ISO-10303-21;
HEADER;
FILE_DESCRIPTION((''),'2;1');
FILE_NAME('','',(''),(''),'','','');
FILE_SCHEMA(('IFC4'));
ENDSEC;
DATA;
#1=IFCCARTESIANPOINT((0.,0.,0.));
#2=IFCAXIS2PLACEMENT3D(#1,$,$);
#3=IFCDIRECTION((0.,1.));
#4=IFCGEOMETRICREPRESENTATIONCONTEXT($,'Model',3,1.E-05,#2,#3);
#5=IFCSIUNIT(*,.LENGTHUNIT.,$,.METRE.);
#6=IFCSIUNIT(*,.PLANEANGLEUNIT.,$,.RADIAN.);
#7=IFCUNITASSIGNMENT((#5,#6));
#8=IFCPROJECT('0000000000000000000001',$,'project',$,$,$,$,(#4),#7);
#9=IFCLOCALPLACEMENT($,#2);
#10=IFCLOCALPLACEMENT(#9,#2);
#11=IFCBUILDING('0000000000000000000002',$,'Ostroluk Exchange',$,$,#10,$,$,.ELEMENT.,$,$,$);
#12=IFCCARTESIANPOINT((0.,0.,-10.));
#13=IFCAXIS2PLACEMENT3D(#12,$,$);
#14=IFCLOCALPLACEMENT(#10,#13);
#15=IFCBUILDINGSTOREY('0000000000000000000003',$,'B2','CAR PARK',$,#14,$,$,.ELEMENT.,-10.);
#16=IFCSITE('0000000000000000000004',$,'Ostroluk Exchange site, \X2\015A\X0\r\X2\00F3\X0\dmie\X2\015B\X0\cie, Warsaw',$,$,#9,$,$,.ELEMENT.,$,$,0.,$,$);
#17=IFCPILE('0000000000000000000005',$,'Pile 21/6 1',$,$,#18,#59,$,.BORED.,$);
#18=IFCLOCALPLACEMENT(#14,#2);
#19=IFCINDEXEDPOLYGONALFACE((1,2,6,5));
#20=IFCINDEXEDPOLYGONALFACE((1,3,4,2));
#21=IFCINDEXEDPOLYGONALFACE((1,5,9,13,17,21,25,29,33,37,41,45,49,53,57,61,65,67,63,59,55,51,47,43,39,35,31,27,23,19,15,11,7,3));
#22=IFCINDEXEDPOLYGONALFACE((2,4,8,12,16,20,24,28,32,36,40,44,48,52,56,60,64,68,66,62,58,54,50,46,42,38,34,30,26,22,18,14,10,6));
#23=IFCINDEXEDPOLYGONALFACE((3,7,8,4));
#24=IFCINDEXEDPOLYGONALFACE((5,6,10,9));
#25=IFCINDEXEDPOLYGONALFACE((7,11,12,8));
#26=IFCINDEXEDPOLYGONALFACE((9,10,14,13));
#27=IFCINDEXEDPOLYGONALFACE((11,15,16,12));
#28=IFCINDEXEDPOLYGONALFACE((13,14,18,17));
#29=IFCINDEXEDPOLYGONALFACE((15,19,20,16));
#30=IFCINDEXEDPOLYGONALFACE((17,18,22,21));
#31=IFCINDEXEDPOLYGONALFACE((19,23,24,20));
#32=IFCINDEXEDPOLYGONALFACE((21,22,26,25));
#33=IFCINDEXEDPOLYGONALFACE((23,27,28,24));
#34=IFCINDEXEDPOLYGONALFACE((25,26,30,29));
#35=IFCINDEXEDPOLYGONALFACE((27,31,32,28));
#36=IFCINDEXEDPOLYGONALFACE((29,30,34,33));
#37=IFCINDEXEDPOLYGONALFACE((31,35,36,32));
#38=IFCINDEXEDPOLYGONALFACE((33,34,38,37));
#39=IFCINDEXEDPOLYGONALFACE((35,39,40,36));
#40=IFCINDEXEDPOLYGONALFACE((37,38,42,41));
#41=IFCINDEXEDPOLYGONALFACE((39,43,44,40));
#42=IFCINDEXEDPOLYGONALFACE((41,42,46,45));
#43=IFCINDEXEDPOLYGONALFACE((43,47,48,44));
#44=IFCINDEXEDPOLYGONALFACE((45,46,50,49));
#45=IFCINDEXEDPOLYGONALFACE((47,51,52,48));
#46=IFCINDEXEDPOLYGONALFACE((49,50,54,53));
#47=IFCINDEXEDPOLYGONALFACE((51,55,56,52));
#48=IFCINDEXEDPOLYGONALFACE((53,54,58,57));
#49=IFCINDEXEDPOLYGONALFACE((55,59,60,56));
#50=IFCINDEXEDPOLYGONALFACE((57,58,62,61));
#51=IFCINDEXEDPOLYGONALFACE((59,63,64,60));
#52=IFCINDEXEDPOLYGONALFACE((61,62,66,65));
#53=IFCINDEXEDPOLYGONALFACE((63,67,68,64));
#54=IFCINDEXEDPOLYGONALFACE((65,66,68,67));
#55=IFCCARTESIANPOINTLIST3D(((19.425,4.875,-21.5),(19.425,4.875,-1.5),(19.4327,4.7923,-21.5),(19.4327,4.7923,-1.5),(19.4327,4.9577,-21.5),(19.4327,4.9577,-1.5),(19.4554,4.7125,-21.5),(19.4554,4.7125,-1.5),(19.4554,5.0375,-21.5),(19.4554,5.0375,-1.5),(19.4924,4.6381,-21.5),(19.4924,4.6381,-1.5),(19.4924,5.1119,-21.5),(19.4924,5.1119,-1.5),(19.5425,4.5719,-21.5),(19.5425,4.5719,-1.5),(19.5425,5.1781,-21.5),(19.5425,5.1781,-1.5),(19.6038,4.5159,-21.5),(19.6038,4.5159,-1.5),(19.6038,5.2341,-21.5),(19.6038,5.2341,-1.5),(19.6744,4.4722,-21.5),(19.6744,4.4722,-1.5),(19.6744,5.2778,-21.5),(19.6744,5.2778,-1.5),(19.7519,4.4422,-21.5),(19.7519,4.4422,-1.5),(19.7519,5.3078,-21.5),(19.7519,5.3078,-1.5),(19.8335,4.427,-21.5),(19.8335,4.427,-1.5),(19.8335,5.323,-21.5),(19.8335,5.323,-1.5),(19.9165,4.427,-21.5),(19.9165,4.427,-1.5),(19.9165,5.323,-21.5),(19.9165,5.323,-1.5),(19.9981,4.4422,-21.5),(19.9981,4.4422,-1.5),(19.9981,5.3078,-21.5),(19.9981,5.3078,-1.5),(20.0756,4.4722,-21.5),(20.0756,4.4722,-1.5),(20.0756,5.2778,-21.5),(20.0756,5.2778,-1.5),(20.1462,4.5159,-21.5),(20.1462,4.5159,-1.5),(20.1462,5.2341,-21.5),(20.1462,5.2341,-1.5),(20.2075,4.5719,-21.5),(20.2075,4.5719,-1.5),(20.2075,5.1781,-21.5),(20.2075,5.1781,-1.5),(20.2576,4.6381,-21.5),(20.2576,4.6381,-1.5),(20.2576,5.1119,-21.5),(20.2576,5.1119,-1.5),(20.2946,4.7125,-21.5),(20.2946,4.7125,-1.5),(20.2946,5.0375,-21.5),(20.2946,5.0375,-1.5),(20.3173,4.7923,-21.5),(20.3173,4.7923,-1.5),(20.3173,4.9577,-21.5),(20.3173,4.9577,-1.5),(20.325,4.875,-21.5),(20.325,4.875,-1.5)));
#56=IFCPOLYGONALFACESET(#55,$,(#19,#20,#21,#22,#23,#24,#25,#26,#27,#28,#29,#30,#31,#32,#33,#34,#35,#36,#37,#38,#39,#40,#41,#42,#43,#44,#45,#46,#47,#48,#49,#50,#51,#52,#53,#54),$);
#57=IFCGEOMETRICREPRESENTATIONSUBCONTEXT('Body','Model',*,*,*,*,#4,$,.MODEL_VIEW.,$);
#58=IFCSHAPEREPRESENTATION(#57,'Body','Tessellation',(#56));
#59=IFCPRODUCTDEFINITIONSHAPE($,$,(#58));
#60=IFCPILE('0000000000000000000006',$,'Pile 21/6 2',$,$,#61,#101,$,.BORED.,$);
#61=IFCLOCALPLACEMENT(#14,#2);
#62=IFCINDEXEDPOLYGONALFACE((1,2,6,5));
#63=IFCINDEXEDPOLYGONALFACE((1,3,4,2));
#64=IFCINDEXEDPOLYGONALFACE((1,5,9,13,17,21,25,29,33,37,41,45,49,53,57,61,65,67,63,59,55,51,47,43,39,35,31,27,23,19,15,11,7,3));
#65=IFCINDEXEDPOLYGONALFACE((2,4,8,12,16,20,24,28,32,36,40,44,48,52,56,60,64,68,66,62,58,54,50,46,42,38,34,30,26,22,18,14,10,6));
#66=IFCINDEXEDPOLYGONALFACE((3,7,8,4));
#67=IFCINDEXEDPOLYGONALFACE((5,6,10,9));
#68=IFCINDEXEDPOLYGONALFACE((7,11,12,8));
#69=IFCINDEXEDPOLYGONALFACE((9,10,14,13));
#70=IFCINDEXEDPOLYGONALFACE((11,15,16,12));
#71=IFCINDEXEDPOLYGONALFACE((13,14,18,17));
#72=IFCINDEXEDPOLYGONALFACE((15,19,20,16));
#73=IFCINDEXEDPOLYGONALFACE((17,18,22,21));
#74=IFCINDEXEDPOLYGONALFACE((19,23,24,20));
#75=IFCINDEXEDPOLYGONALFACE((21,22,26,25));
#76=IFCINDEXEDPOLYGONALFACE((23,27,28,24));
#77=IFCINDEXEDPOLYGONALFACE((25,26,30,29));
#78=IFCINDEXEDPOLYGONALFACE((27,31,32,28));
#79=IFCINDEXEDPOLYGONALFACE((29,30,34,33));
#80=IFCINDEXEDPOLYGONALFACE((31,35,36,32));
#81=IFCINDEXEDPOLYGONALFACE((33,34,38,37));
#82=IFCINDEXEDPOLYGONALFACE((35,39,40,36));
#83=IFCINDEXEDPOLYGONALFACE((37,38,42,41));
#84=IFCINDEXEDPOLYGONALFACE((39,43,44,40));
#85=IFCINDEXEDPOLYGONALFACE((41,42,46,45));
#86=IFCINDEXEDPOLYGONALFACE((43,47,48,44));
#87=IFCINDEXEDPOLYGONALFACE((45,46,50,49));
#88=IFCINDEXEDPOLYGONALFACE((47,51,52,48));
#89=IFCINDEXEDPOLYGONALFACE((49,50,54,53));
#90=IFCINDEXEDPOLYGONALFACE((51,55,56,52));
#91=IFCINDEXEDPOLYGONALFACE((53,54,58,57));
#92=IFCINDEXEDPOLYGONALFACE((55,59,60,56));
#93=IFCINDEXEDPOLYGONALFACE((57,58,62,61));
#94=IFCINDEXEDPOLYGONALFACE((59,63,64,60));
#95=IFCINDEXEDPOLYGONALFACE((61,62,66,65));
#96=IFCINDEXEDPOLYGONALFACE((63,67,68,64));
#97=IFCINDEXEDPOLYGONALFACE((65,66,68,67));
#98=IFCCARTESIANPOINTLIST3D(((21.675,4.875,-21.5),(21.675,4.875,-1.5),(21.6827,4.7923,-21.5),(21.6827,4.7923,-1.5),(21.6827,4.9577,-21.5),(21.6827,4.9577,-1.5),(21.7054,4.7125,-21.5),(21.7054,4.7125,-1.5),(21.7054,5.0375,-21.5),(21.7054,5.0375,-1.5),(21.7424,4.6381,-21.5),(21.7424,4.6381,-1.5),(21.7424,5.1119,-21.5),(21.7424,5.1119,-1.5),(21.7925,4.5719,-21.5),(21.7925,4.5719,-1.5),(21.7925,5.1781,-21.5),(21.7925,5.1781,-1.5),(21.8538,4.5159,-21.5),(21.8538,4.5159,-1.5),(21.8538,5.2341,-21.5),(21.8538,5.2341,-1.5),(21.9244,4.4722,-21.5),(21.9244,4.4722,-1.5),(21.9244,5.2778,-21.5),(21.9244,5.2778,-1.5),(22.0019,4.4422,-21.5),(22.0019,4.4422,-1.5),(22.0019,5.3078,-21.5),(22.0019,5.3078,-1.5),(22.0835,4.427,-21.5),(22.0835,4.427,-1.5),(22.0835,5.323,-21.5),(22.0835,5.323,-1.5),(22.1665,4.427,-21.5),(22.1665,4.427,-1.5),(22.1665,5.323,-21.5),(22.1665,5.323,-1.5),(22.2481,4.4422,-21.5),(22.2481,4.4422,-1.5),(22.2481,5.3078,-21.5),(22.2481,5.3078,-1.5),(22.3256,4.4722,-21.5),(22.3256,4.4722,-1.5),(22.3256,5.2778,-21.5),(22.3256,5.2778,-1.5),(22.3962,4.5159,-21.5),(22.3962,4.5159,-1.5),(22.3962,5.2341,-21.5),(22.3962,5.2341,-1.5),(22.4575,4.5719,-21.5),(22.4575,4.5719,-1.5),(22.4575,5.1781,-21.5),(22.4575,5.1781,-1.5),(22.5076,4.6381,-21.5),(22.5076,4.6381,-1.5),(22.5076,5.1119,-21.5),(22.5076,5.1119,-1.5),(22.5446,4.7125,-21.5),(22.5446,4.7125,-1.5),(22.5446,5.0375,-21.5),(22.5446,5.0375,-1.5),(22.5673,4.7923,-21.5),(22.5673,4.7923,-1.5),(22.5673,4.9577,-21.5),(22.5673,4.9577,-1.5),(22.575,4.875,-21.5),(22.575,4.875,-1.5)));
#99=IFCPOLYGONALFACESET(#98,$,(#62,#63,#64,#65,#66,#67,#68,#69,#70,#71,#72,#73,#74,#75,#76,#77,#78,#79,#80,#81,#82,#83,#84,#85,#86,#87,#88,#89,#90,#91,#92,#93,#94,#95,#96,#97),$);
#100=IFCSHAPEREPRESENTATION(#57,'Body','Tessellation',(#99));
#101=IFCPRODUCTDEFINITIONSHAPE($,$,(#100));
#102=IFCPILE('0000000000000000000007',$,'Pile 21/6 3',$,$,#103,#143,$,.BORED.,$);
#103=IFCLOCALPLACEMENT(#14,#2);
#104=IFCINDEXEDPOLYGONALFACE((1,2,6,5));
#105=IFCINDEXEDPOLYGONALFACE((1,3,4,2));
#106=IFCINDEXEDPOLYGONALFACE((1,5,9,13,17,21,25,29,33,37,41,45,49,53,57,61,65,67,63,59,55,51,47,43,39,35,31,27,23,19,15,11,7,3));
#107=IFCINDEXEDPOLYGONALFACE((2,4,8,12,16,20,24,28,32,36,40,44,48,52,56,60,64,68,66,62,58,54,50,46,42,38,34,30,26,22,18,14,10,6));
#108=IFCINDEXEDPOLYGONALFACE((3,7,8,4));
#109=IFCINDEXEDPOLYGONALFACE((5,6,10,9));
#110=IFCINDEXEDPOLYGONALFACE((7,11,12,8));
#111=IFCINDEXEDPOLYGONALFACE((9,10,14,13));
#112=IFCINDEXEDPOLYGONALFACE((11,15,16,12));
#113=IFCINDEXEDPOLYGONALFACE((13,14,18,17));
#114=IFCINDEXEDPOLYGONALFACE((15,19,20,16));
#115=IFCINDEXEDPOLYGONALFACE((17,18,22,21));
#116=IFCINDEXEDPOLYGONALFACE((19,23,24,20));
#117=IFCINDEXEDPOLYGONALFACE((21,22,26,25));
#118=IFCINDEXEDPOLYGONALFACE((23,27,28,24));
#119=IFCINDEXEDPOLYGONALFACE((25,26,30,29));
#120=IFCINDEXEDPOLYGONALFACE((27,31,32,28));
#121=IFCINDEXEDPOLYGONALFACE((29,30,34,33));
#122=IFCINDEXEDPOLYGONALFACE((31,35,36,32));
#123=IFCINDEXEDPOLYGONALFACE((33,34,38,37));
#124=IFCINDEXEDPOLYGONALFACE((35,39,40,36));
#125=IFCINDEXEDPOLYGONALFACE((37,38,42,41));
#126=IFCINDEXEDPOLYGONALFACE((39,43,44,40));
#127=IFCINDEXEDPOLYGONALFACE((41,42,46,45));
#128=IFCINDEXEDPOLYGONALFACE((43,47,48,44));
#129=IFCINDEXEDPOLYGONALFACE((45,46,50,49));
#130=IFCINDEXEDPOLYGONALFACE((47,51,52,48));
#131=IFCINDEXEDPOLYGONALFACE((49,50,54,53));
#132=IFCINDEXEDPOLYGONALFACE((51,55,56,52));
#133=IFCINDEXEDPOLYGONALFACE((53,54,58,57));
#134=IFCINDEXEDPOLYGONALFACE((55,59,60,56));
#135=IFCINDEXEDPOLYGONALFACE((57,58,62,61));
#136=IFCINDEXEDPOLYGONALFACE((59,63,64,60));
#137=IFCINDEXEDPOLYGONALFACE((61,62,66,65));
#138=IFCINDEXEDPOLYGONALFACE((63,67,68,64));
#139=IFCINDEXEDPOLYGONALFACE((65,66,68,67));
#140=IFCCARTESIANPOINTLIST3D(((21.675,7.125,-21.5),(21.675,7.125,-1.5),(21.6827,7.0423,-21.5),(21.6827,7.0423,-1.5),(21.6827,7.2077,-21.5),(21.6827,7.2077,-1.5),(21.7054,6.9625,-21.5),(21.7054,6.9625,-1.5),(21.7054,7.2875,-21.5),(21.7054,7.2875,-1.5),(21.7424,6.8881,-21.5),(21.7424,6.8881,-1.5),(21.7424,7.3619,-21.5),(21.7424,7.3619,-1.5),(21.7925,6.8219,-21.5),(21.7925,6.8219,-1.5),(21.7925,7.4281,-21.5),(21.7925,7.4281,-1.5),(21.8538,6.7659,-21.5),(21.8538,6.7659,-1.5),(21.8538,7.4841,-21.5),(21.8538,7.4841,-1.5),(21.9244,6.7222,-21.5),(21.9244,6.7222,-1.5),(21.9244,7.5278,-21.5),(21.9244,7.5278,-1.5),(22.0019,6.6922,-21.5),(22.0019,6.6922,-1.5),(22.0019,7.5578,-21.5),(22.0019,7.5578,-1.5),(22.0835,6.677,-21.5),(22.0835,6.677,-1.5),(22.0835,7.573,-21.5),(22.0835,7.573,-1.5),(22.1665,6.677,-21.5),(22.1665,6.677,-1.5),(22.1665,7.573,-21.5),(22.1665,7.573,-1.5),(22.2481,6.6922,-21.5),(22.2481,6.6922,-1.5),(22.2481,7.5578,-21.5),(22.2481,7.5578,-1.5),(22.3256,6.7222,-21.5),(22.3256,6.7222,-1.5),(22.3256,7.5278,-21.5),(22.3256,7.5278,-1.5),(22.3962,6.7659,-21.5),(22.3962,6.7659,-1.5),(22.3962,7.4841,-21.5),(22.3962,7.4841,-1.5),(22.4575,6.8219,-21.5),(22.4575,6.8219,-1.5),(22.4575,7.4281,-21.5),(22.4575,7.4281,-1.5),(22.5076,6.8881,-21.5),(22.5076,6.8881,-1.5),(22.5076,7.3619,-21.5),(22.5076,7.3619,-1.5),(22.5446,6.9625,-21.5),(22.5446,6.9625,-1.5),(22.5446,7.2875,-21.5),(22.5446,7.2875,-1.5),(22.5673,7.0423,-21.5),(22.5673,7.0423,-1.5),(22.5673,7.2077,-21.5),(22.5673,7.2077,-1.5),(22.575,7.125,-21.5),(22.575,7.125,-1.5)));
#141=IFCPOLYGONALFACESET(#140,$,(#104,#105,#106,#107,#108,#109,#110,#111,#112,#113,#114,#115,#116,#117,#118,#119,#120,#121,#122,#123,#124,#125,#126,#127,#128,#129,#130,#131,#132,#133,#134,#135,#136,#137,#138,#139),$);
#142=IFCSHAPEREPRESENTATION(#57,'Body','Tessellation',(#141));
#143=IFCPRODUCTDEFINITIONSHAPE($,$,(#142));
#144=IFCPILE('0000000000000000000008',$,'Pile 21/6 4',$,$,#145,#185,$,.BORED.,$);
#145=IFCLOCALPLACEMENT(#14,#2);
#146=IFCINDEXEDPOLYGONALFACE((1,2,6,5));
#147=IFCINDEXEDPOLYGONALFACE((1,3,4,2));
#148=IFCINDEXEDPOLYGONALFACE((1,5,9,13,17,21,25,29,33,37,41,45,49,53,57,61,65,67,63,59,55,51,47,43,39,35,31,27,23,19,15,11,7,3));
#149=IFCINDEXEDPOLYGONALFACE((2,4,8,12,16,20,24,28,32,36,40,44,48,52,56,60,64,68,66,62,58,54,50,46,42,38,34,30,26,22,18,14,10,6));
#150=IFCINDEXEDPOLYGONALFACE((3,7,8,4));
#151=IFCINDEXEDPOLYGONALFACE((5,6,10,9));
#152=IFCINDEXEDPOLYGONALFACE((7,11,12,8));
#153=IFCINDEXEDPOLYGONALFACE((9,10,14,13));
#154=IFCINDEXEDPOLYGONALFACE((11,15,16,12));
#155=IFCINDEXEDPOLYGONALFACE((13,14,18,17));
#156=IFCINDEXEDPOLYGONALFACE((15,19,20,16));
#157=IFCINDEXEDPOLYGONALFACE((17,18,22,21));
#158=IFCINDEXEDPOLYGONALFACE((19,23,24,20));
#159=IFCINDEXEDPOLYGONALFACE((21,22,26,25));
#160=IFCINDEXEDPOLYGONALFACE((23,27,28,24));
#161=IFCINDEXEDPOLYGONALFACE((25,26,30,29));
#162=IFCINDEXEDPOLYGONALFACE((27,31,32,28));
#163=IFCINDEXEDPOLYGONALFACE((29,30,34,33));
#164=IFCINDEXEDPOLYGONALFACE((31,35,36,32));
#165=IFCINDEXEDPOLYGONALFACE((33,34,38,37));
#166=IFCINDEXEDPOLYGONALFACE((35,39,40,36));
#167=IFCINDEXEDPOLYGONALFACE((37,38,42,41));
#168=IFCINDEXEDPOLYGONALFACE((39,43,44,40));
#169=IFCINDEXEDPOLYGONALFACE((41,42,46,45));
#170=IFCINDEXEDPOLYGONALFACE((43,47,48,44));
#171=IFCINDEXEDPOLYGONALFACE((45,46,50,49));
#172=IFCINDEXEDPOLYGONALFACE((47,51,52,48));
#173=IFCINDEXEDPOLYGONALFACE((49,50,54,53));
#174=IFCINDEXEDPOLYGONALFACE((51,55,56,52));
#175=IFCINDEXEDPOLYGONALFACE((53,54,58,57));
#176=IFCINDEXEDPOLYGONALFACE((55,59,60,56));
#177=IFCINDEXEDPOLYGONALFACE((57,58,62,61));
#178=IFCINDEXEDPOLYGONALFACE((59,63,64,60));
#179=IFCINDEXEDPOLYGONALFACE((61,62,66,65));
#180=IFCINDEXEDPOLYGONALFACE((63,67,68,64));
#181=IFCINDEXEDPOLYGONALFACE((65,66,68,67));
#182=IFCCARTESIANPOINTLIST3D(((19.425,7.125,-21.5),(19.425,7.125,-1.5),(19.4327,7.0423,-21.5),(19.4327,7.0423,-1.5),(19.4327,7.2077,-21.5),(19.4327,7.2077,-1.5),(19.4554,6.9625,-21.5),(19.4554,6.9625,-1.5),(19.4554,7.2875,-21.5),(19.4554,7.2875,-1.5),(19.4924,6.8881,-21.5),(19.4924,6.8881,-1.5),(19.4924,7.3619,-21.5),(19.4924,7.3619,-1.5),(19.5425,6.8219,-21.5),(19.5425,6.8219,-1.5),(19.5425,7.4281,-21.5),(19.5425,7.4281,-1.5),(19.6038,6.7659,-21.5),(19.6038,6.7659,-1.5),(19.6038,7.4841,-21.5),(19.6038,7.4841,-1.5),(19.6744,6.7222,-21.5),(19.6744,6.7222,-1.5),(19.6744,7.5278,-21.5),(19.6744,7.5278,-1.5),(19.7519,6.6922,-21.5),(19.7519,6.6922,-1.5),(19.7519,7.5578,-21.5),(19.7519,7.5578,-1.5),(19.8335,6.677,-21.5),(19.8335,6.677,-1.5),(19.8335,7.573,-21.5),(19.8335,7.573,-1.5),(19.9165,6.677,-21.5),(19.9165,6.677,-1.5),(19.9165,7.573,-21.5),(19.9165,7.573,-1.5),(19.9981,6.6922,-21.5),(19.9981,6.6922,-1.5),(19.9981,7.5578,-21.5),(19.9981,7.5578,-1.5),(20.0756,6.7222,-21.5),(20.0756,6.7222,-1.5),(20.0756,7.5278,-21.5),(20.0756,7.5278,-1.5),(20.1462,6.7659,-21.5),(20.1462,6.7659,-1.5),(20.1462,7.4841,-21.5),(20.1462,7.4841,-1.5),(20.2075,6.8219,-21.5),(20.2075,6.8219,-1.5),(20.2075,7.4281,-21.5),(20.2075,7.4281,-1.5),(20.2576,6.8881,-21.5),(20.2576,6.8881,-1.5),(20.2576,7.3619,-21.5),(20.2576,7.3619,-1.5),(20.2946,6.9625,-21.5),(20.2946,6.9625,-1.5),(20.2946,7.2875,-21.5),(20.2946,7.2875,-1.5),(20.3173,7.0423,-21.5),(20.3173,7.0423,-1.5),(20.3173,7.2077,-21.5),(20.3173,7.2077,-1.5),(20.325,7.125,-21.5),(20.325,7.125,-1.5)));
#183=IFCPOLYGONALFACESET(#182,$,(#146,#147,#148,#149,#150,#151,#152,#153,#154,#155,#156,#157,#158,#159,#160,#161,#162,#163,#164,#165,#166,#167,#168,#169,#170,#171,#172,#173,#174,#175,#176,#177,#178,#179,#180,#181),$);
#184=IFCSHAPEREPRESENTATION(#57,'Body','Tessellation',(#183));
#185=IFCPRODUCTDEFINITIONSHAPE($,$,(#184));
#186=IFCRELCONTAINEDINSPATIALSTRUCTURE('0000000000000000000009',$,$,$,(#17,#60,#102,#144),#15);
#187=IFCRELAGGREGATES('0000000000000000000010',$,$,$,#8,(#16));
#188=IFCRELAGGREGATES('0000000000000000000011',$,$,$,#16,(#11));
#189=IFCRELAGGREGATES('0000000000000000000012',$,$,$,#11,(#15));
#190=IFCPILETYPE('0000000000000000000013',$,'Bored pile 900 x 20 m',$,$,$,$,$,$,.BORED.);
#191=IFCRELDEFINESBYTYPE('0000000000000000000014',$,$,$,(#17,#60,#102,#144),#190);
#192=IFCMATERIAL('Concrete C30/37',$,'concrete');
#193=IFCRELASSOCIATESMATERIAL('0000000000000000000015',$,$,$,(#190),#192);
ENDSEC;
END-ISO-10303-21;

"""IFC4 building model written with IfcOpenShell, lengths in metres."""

from ifc_helpers import new_model, si_unit, direction, frame, origin, origin_2d, place, context, subcontext, project, spatial, circle, extrude, material, type_object, element, save


model = new_model("IFC4")

# Units and contexts
model_context = context("Model", 3, precision=1e-05, world=origin(), true_north=direction((0.0, 1.0)))
body_context = subcontext(model_context, "Body", "Model", "MODEL_VIEW")
ifc_project = project(units=[si_unit("LENGTHUNIT", "METRE"), si_unit("PLANEANGLEUNIT", "RADIAN")], contexts=[model_context])

# Site, building, storey
site_placement = place(None, origin())
site = spatial("IfcSite", under=ifc_project, at=site_placement, Name="Ostroluk Exchange site, Śródmieście, Warsaw", CompositionType="ELEMENT", RefElevation=0.0)
building_placement = place(site_placement, origin())
building = spatial("IfcBuilding", under=site, at=building_placement, Name="Ostroluk Exchange", CompositionType="ELEMENT")
storey_placement = place(building_placement, frame((0.0, 0.0, -10.0)))
storey = spatial("IfcBuildingStorey", under=building, at=storey_placement, Name="B2", Description="CAR PARK", CompositionType="ELEMENT", Elevation=-10.0)

# Piles
ifc_material_1 = material(Name="Concrete C30/37", Category="concrete")
pile_type_1 = type_object("IfcPileType", Name="Bored pile 900 x 20 m", PredefinedType="BORED", material=ifc_material_1)
for number, where, z_axis, x_axis, name in (
    (1, (19.875, 4.875, -1.5), (0.0, 0.0, -1.0), (1.0, 0.0, 0.0), "Pile 21/6 1"),
    (2, (22.125, 4.875, -1.5), (0.0, 0.0, -1.0), (1.0, 0.0, 0.0), "Pile 21/6 2"),
    (3, (22.125, 7.125, -1.5), (0.0, 0.0, -1.0), (1.0, 0.0, 0.0), "Pile 21/6 3"),
    (4, (19.875, 7.125, -1.5), (0.0, 0.0, -1.0), (1.0, 0.0, 0.0), "Pile 21/6 4"),
):
    element("IfcPile", number, at=place(storey_placement, frame(where, z_axis=z_axis, x_axis=x_axis)), inside=storey, type_object=pile_type_1, Name=name, PredefinedType="BORED", context=body_context, shape_type="SweptSolid", body=[
        extrude(circle(Radius=0.45, at=origin_2d()), origin(), (0.0, 0.0, 1.0), 20.0),
    ])

save(model, "model.ifc")
